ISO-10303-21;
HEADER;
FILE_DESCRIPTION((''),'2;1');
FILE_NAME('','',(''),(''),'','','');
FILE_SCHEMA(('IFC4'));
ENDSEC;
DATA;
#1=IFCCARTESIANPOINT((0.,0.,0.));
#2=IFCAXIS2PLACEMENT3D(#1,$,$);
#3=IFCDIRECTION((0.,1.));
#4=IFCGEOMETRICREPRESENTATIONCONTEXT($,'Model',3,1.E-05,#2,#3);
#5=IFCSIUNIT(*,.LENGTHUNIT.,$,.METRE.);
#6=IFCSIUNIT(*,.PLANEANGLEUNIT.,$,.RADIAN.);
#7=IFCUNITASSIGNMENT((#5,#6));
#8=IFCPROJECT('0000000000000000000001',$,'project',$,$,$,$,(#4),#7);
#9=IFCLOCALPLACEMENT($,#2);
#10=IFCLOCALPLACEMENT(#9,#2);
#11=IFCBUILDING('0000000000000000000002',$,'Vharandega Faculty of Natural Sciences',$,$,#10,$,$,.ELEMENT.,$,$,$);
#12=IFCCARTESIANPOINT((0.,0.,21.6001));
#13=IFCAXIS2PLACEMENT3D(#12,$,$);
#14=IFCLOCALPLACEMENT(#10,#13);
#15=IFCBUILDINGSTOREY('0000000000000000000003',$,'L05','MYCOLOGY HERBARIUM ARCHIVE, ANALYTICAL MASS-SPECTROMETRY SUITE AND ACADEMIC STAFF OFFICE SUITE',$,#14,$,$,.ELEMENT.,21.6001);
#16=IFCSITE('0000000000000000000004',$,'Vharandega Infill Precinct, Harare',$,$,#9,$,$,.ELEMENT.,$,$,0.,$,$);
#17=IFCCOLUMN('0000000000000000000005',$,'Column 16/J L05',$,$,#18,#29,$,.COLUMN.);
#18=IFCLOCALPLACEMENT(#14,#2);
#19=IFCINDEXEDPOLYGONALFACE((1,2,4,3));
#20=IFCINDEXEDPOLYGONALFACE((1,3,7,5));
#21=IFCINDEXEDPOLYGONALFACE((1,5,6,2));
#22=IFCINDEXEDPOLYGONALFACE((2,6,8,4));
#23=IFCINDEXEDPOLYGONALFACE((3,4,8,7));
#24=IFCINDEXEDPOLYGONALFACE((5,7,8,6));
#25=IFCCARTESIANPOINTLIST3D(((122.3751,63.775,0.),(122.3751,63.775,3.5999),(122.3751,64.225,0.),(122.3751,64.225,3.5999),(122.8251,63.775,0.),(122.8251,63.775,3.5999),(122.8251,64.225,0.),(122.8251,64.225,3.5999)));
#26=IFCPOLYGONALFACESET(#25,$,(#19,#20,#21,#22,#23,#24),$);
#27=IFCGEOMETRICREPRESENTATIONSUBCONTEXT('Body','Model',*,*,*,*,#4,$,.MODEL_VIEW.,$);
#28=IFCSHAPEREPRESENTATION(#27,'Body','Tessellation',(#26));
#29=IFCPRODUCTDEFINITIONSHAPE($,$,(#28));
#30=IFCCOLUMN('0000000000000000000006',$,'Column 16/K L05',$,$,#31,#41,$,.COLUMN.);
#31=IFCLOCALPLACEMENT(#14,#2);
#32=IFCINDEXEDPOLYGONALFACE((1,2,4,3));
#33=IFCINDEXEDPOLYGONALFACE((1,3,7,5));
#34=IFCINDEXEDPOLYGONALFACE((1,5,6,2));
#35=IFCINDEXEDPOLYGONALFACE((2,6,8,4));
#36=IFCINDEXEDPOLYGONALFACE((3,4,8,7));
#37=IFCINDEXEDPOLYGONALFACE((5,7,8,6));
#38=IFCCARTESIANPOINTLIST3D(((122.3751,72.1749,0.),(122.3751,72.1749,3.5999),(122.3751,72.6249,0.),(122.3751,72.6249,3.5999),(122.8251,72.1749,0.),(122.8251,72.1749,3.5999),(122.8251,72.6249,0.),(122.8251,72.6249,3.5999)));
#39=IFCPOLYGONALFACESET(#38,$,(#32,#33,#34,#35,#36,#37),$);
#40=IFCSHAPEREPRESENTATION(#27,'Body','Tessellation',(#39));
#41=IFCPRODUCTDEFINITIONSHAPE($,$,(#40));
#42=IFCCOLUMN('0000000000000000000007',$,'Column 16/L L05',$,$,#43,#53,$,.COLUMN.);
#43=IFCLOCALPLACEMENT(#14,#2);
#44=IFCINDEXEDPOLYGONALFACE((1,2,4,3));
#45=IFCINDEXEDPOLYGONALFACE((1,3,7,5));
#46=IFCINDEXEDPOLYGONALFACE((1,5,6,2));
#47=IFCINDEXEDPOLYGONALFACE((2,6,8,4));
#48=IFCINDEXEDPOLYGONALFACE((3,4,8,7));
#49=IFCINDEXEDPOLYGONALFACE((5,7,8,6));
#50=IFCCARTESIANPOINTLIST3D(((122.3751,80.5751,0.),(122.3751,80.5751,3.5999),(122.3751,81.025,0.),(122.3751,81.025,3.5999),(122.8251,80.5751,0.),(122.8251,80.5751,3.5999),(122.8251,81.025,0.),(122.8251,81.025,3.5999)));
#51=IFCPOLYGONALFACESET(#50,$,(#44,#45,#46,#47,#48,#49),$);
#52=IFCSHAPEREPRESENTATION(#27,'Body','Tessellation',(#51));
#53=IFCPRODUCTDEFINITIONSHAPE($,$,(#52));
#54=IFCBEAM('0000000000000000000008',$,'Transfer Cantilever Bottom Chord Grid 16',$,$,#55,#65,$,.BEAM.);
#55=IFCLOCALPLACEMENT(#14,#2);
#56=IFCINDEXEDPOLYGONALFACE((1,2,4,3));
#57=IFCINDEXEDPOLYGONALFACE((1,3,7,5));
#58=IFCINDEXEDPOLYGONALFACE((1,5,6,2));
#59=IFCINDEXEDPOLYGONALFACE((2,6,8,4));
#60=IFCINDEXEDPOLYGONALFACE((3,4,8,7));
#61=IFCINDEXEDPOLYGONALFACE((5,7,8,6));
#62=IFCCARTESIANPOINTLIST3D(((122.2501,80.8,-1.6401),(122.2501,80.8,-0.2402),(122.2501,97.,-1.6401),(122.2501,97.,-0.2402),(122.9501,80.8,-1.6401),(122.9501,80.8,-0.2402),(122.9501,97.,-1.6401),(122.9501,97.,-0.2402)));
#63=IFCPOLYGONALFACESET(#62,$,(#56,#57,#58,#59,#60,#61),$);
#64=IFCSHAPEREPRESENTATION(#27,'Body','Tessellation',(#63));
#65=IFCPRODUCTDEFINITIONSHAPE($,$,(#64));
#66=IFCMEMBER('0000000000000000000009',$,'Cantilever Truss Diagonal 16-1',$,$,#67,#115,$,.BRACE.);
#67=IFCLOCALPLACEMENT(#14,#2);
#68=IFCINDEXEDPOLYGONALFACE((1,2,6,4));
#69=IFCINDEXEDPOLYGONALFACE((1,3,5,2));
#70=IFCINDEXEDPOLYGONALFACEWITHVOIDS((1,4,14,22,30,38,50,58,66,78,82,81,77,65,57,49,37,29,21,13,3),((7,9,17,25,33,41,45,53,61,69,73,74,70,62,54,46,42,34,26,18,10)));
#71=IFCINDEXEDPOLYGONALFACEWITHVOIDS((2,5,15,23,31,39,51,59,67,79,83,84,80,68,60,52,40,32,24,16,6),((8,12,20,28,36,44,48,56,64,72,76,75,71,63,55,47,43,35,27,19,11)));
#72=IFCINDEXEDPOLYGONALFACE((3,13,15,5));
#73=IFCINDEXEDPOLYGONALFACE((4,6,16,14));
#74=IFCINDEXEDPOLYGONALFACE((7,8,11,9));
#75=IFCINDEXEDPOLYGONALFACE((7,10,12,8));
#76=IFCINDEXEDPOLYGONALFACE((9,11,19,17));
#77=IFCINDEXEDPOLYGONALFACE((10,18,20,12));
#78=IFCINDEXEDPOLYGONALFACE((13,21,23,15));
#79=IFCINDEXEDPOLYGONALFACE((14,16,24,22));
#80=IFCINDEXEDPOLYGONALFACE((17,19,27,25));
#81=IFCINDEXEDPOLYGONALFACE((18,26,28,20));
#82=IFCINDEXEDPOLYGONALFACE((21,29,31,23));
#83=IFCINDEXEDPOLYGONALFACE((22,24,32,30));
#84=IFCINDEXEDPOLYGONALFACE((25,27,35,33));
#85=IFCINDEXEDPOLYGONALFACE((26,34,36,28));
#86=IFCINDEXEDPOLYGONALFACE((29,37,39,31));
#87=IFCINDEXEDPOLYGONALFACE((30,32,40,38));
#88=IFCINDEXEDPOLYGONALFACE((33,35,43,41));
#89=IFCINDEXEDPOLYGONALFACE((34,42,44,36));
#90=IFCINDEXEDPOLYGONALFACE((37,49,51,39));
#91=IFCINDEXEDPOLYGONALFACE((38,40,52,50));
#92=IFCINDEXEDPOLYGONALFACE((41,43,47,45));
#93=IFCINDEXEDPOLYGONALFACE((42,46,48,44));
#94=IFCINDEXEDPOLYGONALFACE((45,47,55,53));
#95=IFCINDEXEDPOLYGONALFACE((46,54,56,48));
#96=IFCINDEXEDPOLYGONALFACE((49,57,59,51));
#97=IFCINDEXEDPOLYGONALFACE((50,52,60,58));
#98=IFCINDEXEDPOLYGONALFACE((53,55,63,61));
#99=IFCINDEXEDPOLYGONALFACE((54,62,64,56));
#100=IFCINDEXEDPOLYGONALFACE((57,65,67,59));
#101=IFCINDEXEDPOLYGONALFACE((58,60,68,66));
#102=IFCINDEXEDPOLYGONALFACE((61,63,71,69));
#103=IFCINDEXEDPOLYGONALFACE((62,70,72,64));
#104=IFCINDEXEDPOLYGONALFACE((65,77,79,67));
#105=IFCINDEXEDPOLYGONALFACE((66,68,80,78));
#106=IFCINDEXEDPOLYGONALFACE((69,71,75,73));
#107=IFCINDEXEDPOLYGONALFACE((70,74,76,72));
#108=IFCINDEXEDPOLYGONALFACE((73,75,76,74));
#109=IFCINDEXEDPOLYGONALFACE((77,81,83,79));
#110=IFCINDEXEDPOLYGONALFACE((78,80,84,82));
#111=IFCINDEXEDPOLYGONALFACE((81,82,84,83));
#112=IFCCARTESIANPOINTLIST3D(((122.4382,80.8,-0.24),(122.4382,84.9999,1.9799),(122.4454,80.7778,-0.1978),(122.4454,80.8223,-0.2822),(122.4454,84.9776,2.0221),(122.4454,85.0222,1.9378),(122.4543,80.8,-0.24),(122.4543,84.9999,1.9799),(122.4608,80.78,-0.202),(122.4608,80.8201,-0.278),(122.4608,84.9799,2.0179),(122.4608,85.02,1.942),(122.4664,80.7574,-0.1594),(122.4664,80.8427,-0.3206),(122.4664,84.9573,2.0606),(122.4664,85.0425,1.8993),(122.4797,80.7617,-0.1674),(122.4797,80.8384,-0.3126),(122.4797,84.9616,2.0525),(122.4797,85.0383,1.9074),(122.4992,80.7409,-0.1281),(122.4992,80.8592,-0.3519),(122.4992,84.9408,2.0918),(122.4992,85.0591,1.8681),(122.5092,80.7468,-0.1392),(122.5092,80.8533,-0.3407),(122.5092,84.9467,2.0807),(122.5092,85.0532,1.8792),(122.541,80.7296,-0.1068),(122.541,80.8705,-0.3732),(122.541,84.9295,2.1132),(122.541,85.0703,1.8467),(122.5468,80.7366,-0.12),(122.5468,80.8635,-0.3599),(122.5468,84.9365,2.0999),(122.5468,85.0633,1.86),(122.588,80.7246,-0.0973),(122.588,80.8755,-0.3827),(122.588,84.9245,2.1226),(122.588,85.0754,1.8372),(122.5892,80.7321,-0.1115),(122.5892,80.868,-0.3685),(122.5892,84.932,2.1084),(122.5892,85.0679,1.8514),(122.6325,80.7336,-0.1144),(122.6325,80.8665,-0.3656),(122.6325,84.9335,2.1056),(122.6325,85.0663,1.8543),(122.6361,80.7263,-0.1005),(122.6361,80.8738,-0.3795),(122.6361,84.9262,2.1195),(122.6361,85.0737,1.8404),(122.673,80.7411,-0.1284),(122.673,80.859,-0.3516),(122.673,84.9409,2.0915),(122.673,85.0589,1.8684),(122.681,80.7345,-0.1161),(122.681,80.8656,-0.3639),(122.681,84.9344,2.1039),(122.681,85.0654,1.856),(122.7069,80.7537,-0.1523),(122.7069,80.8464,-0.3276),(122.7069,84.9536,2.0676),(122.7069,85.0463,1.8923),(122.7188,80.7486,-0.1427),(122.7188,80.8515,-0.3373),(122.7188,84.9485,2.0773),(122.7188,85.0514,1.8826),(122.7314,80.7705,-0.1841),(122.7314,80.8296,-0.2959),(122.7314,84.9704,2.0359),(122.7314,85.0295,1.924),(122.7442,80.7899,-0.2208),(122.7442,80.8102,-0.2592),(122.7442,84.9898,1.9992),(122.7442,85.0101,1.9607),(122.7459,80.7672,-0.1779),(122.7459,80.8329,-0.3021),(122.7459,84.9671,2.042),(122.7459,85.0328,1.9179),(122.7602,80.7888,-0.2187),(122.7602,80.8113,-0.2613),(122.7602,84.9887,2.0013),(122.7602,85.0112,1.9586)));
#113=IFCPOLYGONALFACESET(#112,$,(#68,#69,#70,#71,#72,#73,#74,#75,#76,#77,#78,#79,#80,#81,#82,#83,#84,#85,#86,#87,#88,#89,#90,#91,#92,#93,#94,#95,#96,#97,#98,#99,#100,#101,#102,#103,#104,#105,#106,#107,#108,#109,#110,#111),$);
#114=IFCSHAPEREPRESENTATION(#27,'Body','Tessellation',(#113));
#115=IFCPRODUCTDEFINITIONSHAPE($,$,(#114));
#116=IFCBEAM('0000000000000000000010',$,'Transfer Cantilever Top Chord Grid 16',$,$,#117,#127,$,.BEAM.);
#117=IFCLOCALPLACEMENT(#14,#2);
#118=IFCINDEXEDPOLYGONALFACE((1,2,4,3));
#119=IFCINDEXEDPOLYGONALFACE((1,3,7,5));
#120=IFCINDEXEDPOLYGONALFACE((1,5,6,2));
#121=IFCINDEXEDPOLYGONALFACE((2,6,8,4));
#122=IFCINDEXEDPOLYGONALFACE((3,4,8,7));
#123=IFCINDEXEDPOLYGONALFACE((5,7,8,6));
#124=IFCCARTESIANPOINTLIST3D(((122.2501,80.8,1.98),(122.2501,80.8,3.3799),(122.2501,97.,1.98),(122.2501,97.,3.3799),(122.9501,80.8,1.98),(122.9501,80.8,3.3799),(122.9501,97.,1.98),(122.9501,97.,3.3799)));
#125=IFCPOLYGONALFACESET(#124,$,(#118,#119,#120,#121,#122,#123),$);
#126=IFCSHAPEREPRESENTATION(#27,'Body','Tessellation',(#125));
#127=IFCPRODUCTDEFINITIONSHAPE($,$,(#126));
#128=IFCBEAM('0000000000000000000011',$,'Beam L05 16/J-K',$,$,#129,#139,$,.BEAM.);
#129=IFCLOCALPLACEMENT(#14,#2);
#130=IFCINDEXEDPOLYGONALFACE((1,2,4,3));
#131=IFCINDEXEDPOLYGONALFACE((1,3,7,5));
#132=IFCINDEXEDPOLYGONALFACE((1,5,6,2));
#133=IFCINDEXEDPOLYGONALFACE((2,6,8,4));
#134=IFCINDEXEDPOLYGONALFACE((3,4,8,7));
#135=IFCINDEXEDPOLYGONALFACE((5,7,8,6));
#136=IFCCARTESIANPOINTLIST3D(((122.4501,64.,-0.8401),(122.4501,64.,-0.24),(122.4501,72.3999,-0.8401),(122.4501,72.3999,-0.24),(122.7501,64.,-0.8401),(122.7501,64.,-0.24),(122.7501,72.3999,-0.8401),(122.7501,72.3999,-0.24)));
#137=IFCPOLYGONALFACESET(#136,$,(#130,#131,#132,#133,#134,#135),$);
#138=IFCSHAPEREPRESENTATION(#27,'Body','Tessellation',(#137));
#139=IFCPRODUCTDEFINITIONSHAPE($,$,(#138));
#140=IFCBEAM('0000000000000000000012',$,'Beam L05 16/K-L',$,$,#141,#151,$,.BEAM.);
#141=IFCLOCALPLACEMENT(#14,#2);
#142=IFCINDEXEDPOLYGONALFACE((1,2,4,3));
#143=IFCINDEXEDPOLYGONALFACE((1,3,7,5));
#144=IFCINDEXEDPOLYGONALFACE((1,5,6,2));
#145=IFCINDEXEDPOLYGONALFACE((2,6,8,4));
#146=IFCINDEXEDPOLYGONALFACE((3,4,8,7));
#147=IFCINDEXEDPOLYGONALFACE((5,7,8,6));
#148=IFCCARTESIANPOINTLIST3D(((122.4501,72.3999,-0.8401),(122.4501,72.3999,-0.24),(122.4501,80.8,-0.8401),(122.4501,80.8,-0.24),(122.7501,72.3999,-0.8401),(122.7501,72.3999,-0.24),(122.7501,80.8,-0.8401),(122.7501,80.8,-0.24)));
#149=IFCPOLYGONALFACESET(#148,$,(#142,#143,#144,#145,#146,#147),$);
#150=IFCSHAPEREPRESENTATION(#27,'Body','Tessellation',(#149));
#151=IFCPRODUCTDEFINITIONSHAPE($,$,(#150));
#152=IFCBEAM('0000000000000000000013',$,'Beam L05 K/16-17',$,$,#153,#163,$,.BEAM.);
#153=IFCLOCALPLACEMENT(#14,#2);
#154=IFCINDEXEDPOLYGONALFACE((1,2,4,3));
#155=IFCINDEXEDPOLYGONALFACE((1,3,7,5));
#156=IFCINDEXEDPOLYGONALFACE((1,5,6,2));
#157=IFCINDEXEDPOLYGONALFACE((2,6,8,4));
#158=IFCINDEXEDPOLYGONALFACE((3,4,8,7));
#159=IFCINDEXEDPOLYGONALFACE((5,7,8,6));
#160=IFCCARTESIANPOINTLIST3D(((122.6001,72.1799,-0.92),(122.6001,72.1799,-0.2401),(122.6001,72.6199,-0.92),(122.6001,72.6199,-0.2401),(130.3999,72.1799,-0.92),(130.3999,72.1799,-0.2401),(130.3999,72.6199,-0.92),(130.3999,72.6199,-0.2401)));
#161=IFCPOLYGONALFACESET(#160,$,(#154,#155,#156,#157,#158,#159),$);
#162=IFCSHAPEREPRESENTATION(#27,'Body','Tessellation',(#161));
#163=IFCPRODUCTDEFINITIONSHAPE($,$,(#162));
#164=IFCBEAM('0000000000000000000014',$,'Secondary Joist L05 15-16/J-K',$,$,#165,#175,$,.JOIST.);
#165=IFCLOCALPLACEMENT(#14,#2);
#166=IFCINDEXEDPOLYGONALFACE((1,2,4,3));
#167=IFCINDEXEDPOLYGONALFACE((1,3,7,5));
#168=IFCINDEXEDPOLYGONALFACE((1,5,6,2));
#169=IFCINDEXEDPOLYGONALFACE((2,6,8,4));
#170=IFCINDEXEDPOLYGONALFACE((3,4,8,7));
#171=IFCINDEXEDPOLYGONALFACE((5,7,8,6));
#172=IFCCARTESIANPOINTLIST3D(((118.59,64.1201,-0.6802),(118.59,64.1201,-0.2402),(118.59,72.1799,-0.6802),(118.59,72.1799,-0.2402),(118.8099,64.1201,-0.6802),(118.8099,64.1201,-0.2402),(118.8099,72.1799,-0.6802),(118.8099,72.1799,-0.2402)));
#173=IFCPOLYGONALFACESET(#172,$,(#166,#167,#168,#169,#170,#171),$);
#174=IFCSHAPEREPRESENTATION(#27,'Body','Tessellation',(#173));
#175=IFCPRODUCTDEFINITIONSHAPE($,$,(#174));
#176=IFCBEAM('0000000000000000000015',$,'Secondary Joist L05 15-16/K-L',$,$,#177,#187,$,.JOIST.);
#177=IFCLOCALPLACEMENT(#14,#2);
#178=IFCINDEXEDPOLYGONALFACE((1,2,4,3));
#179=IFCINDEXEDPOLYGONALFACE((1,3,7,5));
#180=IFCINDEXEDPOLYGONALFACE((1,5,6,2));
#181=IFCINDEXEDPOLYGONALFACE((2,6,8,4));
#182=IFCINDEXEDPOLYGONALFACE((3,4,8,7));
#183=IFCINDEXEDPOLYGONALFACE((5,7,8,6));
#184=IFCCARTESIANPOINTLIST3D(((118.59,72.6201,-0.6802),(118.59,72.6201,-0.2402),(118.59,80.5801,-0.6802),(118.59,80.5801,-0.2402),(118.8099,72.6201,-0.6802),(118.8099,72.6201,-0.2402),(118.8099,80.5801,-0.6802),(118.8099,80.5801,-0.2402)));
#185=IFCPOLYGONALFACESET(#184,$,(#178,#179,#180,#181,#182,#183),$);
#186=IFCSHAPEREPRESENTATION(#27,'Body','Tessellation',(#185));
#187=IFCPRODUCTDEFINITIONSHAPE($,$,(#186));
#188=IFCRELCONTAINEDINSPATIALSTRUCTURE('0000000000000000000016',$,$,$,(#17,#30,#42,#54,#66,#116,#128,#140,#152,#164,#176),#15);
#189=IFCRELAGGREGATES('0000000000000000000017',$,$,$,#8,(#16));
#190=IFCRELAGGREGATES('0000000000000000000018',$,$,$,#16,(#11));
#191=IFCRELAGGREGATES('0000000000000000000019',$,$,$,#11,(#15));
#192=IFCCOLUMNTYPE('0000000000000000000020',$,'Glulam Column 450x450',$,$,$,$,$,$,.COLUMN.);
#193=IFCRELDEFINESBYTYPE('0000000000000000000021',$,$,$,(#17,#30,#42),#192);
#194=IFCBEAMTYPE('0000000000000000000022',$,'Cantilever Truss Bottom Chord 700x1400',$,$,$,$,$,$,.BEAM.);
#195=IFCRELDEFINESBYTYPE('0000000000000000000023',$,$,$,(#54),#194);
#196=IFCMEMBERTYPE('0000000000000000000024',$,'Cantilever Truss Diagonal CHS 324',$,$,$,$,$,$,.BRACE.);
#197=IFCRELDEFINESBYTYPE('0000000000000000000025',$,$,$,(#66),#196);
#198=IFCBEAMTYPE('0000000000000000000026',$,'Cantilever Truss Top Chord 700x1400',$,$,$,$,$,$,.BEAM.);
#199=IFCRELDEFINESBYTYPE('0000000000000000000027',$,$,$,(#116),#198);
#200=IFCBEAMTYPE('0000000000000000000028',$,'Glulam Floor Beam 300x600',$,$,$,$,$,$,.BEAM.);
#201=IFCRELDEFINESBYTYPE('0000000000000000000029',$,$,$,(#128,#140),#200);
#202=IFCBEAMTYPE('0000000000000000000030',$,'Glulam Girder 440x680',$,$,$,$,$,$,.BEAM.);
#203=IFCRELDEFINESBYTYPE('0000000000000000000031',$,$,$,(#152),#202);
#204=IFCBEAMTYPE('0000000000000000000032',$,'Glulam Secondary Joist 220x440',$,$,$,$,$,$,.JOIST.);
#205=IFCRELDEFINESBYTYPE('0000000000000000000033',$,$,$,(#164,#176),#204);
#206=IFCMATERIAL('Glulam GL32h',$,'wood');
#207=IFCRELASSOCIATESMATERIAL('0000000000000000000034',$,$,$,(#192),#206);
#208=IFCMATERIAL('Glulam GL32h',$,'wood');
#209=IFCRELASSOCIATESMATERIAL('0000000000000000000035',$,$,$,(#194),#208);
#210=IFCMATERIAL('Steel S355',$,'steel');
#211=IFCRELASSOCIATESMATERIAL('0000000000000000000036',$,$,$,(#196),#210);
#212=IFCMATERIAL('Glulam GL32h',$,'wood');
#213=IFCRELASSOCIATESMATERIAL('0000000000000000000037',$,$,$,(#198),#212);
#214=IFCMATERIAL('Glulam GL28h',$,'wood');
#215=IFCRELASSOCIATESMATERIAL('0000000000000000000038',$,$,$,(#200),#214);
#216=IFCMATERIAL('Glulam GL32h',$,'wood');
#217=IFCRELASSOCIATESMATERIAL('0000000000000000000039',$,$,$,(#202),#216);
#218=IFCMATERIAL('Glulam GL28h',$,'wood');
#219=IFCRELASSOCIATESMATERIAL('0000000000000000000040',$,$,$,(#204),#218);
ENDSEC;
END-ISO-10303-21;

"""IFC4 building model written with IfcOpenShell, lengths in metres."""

from ifc_helpers import new_model, si_unit, direction, frame, origin, origin_2d, place, context, subcontext, project, spatial, rectangle, hollow_circle, extrude, material, material_profile, profile_set, type_object, element, save


model = new_model("IFC4")

# Units and contexts
model_context = context("Model", 3, precision=1e-05, world=origin(), true_north=direction((0.0, 1.0)))
body_context = subcontext(model_context, "Body", "Model", "MODEL_VIEW")
ifc_project = project(units=[si_unit("LENGTHUNIT", "METRE"), si_unit("PLANEANGLEUNIT", "RADIAN")], contexts=[model_context])

# Site, building, storey
site_placement = place(None, origin())
site = spatial("IfcSite", under=ifc_project, at=site_placement, Name="Vharandega Infill Precinct, Harare", CompositionType="ELEMENT", RefElevation=0.0)
building_placement = place(site_placement, origin())
building = spatial("IfcBuilding", under=site, at=building_placement, Name="Vharandega Faculty of Natural Sciences", CompositionType="ELEMENT")
storey_placement = place(building_placement, frame((0.0, 0.0, 21.6001)))
storey = spatial("IfcBuildingStorey", under=building, at=storey_placement, Name="L05", Description="MYCOLOGY HERBARIUM ARCHIVE, ANALYTICAL MASS-SPECTROMETRY SUITE AND ACADEMIC STAFF OFFICE SUITE", CompositionType="ELEMENT", Elevation=21.6001)

# Columns
ifc_material_1 = material(Name="Glulam GL32h", Category="wood")
ifc_material_profile_1 = material_profile(ifc_material_1, rectangle(XDim=0.45, YDim=0.45, at=origin_2d()), Name="GL32h 450x450")
ifc_profile_set_1 = profile_set([ifc_material_profile_1], Name="Glulam GL32h")
column_type = type_object("IfcColumnType", Name="Glulam Column 450x450", PredefinedType="COLUMN", material=ifc_profile_set_1)
for number, where, z_axis, x_axis, name in (
    (1, (122.6001, 64.0, 0.0), (0.0, 0.0, 1.0), (1.0, 0.0, 0.0), "Column 16/J L05"),
    (2, (122.6001, 72.3999, 0.0), (0.0, 0.0, 1.0), (1.0, 0.0, 0.0), "Column 16/K L05"),
    (3, (122.6001, 80.8, 0.0), (0.0, 0.0, 1.0), (1.0, 0.0, 0.0), "Column 16/L L05"),
):
    element("IfcColumn", number, at=place(storey_placement, frame(where, z_axis=z_axis, x_axis=x_axis)), inside=storey, type_object=column_type, Name=name, PredefinedType="COLUMN", context=body_context, shape_type="SweptSolid", body=[
        extrude(rectangle(XDim=0.45, YDim=0.45, at=origin_2d()), origin(), (0.0, 0.0, 1.0), 3.5999),
    ])

# Beam
ifc_material_2 = material(Name="Glulam GL32h", Category="wood")
ifc_material_profile_2 = material_profile(ifc_material_2, rectangle(XDim=0.7, YDim=1.3999, at=origin_2d()), Name="GL32h 700x1400")
ifc_profile_set_2 = profile_set([ifc_material_profile_2], Name="Glulam GL32h")
beam_type_1 = type_object("IfcBeamType", Name="Cantilever Truss Bottom Chord 700x1400", PredefinedType="BEAM", material=ifc_profile_set_2)
beam_1_placement = place(storey_placement, frame((122.6001, 80.8, -0.9402), z_axis=(0.0, 1.0, 0.0), x_axis=(-1.0, 0.0, 0.0)))
element("IfcBeam", 4, at=beam_1_placement, inside=storey, type_object=beam_type_1, Name="Transfer Cantilever Bottom Chord Grid 16", PredefinedType="BEAM", context=body_context, shape_type="SweptSolid", body=[
    extrude(rectangle(XDim=0.7, YDim=1.3999, at=origin_2d()), origin(), (0.0, 0.0, 1.0), 16.2),
])

# Member
ifc_material_3 = material(Name="Steel S355", Category="steel")
ifc_material_profile_3 = material_profile(ifc_material_3, hollow_circle(Radius=0.1619, WallThickness=0.0161, at=origin_2d()), Name="CHS 323.9x16")
ifc_profile_set_3 = profile_set([ifc_material_profile_3], Name="Steel S355")
member_type_1 = type_object("IfcMemberType", Name="Cantilever Truss Diagonal CHS 324", PredefinedType="BRACE", material=ifc_profile_set_3)
member_1_placement = place(storey_placement, frame((122.6001, 80.8, -0.24), z_axis=(0.0, 0.884095, 0.467307), x_axis=(-1.0, 0.0, 0.0)))
element("IfcMember", 5, at=member_1_placement, inside=storey, type_object=member_type_1, Name="Cantilever Truss Diagonal 16-1", PredefinedType="BRACE", context=body_context, shape_type="SweptSolid", body=[
    extrude(hollow_circle(Radius=0.1619, WallThickness=0.0161, at=origin_2d()), origin(), (0.0, 0.0, 1.0), 4.7505),
])

# Beams
ifc_material_4 = material(Name="Glulam GL32h", Category="wood")
ifc_material_profile_4 = material_profile(ifc_material_4, rectangle(XDim=0.7, YDim=1.3999, at=origin_2d()), Name="GL32h 700x1400")
ifc_profile_set_4 = profile_set([ifc_material_profile_4], Name="Glulam GL32h")
beam_type_2 = type_object("IfcBeamType", Name="Cantilever Truss Top Chord 700x1400", PredefinedType="BEAM", material=ifc_profile_set_4)
beam_2_placement = place(storey_placement, frame((122.6001, 80.8, 2.6799), z_axis=(0.0, 1.0, 0.0), x_axis=(-1.0, 0.0, 0.0)))
element("IfcBeam", 6, at=beam_2_placement, inside=storey, type_object=beam_type_2, Name="Transfer Cantilever Top Chord Grid 16", PredefinedType="BEAM", context=body_context, shape_type="SweptSolid", body=[
    extrude(rectangle(XDim=0.7, YDim=1.3999, at=origin_2d()), origin(), (0.0, 0.0, 1.0), 16.2),
])
ifc_material_5 = material(Name="Glulam GL28h", Category="wood")
ifc_material_profile_5 = material_profile(ifc_material_5, rectangle(XDim=0.3, YDim=0.6001, at=origin_2d()), Name="GL28h 300x600")
ifc_profile_set_5 = profile_set([ifc_material_profile_5], Name="Glulam GL28h")
beam_type_3 = type_object("IfcBeamType", Name="Glulam Floor Beam 300x600", PredefinedType="BEAM", material=ifc_profile_set_5)
beam_3_placement = place(storey_placement, frame((122.6001, 64.0, -0.54), z_axis=(0.0, 1.0, 0.0), x_axis=(-1.0, 0.0, 0.0)))
element("IfcBeam", 7, at=beam_3_placement, inside=storey, type_object=beam_type_3, Name="Beam L05 16/J-K", PredefinedType="BEAM", context=body_context, shape_type="SweptSolid", body=[
    extrude(rectangle(XDim=0.3, YDim=0.6001, at=origin_2d()), origin(), (0.0, 0.0, 1.0), 8.3999),
])
beam_4_placement = place(storey_placement, frame((122.6001, 72.3999, -0.54), z_axis=(0.0, 1.0, 0.0), x_axis=(-1.0, 0.0, 0.0)))
element("IfcBeam", 8, at=beam_4_placement, inside=storey, type_object=beam_type_3, Name="Beam L05 16/K-L", PredefinedType="BEAM", context=body_context, shape_type="SweptSolid", body=[
    extrude(rectangle(XDim=0.3, YDim=0.6001, at=origin_2d()), origin(), (0.0, 0.0, 1.0), 8.4001),
])
ifc_material_6 = material(Name="Glulam GL32h", Category="wood")
ifc_material_profile_6 = material_profile(ifc_material_6, rectangle(XDim=0.4399, YDim=0.6799, at=origin_2d()), Name="GL32h 440x680")
ifc_profile_set_6 = profile_set([ifc_material_profile_6], Name="Glulam GL32h")
beam_type_4 = type_object("IfcBeamType", Name="Glulam Girder 440x680", PredefinedType="BEAM", material=ifc_profile_set_6)
beam_5_placement = place(storey_placement, frame((122.6001, 72.3999, -0.5801), z_axis=(1.0, 0.0, 0.0), x_axis=(0.0, 1.0, 0.0)))
element("IfcBeam", 9, at=beam_5_placement, inside=storey, type_object=beam_type_4, Name="Beam L05 K/16-17", PredefinedType="BEAM", context=body_context, shape_type="SweptSolid", body=[
    extrude(rectangle(XDim=0.4399, YDim=0.6799, at=origin_2d()), origin(), (0.0, 0.0, 1.0), 7.7998),
])
ifc_material_7 = material(Name="Glulam GL28h", Category="wood")
ifc_material_profile_7 = material_profile(ifc_material_7, rectangle(XDim=0.22, YDim=0.4399, at=origin_2d()), Name="GL28h 220x440")
ifc_profile_set_7 = profile_set([ifc_material_profile_7], Name="Glulam GL28h")
beam_type_5 = type_object("IfcBeamType", Name="Glulam Secondary Joist 220x440", PredefinedType="JOIST", material=ifc_profile_set_7)
beam_6_placement = place(storey_placement, frame((118.7, 64.1201, -0.4602), z_axis=(0.0, 1.0, 0.0), x_axis=(-1.0, 0.0, 0.0)))
element("IfcBeam", 10, at=beam_6_placement, inside=storey, type_object=beam_type_5, Name="Secondary Joist L05 15-16/J-K", PredefinedType="JOIST", context=body_context, shape_type="SweptSolid", body=[
    extrude(rectangle(XDim=0.22, YDim=0.4399, at=origin_2d()), origin(), (0.0, 0.0, 1.0), 8.0598),
])
for number, where, z_axis, x_axis, name in (
    (11, (118.7, 72.6201, -0.4602), (0.0, 1.0, 0.0), (-1.0, 0.0, 0.0), "Secondary Joist L05 15-16/K-L"),
):
    element("IfcBeam", number, at=place(storey_placement, frame(where, z_axis=z_axis, x_axis=x_axis)), inside=storey, type_object=beam_type_5, Name=name, PredefinedType="JOIST", context=body_context, shape_type="SweptSolid", body=[
        extrude(rectangle(XDim=0.22, YDim=0.4399, at=origin_2d()), origin(), (0.0, 0.0, 1.0), 7.96),
    ])

save(model, "model.ifc")
